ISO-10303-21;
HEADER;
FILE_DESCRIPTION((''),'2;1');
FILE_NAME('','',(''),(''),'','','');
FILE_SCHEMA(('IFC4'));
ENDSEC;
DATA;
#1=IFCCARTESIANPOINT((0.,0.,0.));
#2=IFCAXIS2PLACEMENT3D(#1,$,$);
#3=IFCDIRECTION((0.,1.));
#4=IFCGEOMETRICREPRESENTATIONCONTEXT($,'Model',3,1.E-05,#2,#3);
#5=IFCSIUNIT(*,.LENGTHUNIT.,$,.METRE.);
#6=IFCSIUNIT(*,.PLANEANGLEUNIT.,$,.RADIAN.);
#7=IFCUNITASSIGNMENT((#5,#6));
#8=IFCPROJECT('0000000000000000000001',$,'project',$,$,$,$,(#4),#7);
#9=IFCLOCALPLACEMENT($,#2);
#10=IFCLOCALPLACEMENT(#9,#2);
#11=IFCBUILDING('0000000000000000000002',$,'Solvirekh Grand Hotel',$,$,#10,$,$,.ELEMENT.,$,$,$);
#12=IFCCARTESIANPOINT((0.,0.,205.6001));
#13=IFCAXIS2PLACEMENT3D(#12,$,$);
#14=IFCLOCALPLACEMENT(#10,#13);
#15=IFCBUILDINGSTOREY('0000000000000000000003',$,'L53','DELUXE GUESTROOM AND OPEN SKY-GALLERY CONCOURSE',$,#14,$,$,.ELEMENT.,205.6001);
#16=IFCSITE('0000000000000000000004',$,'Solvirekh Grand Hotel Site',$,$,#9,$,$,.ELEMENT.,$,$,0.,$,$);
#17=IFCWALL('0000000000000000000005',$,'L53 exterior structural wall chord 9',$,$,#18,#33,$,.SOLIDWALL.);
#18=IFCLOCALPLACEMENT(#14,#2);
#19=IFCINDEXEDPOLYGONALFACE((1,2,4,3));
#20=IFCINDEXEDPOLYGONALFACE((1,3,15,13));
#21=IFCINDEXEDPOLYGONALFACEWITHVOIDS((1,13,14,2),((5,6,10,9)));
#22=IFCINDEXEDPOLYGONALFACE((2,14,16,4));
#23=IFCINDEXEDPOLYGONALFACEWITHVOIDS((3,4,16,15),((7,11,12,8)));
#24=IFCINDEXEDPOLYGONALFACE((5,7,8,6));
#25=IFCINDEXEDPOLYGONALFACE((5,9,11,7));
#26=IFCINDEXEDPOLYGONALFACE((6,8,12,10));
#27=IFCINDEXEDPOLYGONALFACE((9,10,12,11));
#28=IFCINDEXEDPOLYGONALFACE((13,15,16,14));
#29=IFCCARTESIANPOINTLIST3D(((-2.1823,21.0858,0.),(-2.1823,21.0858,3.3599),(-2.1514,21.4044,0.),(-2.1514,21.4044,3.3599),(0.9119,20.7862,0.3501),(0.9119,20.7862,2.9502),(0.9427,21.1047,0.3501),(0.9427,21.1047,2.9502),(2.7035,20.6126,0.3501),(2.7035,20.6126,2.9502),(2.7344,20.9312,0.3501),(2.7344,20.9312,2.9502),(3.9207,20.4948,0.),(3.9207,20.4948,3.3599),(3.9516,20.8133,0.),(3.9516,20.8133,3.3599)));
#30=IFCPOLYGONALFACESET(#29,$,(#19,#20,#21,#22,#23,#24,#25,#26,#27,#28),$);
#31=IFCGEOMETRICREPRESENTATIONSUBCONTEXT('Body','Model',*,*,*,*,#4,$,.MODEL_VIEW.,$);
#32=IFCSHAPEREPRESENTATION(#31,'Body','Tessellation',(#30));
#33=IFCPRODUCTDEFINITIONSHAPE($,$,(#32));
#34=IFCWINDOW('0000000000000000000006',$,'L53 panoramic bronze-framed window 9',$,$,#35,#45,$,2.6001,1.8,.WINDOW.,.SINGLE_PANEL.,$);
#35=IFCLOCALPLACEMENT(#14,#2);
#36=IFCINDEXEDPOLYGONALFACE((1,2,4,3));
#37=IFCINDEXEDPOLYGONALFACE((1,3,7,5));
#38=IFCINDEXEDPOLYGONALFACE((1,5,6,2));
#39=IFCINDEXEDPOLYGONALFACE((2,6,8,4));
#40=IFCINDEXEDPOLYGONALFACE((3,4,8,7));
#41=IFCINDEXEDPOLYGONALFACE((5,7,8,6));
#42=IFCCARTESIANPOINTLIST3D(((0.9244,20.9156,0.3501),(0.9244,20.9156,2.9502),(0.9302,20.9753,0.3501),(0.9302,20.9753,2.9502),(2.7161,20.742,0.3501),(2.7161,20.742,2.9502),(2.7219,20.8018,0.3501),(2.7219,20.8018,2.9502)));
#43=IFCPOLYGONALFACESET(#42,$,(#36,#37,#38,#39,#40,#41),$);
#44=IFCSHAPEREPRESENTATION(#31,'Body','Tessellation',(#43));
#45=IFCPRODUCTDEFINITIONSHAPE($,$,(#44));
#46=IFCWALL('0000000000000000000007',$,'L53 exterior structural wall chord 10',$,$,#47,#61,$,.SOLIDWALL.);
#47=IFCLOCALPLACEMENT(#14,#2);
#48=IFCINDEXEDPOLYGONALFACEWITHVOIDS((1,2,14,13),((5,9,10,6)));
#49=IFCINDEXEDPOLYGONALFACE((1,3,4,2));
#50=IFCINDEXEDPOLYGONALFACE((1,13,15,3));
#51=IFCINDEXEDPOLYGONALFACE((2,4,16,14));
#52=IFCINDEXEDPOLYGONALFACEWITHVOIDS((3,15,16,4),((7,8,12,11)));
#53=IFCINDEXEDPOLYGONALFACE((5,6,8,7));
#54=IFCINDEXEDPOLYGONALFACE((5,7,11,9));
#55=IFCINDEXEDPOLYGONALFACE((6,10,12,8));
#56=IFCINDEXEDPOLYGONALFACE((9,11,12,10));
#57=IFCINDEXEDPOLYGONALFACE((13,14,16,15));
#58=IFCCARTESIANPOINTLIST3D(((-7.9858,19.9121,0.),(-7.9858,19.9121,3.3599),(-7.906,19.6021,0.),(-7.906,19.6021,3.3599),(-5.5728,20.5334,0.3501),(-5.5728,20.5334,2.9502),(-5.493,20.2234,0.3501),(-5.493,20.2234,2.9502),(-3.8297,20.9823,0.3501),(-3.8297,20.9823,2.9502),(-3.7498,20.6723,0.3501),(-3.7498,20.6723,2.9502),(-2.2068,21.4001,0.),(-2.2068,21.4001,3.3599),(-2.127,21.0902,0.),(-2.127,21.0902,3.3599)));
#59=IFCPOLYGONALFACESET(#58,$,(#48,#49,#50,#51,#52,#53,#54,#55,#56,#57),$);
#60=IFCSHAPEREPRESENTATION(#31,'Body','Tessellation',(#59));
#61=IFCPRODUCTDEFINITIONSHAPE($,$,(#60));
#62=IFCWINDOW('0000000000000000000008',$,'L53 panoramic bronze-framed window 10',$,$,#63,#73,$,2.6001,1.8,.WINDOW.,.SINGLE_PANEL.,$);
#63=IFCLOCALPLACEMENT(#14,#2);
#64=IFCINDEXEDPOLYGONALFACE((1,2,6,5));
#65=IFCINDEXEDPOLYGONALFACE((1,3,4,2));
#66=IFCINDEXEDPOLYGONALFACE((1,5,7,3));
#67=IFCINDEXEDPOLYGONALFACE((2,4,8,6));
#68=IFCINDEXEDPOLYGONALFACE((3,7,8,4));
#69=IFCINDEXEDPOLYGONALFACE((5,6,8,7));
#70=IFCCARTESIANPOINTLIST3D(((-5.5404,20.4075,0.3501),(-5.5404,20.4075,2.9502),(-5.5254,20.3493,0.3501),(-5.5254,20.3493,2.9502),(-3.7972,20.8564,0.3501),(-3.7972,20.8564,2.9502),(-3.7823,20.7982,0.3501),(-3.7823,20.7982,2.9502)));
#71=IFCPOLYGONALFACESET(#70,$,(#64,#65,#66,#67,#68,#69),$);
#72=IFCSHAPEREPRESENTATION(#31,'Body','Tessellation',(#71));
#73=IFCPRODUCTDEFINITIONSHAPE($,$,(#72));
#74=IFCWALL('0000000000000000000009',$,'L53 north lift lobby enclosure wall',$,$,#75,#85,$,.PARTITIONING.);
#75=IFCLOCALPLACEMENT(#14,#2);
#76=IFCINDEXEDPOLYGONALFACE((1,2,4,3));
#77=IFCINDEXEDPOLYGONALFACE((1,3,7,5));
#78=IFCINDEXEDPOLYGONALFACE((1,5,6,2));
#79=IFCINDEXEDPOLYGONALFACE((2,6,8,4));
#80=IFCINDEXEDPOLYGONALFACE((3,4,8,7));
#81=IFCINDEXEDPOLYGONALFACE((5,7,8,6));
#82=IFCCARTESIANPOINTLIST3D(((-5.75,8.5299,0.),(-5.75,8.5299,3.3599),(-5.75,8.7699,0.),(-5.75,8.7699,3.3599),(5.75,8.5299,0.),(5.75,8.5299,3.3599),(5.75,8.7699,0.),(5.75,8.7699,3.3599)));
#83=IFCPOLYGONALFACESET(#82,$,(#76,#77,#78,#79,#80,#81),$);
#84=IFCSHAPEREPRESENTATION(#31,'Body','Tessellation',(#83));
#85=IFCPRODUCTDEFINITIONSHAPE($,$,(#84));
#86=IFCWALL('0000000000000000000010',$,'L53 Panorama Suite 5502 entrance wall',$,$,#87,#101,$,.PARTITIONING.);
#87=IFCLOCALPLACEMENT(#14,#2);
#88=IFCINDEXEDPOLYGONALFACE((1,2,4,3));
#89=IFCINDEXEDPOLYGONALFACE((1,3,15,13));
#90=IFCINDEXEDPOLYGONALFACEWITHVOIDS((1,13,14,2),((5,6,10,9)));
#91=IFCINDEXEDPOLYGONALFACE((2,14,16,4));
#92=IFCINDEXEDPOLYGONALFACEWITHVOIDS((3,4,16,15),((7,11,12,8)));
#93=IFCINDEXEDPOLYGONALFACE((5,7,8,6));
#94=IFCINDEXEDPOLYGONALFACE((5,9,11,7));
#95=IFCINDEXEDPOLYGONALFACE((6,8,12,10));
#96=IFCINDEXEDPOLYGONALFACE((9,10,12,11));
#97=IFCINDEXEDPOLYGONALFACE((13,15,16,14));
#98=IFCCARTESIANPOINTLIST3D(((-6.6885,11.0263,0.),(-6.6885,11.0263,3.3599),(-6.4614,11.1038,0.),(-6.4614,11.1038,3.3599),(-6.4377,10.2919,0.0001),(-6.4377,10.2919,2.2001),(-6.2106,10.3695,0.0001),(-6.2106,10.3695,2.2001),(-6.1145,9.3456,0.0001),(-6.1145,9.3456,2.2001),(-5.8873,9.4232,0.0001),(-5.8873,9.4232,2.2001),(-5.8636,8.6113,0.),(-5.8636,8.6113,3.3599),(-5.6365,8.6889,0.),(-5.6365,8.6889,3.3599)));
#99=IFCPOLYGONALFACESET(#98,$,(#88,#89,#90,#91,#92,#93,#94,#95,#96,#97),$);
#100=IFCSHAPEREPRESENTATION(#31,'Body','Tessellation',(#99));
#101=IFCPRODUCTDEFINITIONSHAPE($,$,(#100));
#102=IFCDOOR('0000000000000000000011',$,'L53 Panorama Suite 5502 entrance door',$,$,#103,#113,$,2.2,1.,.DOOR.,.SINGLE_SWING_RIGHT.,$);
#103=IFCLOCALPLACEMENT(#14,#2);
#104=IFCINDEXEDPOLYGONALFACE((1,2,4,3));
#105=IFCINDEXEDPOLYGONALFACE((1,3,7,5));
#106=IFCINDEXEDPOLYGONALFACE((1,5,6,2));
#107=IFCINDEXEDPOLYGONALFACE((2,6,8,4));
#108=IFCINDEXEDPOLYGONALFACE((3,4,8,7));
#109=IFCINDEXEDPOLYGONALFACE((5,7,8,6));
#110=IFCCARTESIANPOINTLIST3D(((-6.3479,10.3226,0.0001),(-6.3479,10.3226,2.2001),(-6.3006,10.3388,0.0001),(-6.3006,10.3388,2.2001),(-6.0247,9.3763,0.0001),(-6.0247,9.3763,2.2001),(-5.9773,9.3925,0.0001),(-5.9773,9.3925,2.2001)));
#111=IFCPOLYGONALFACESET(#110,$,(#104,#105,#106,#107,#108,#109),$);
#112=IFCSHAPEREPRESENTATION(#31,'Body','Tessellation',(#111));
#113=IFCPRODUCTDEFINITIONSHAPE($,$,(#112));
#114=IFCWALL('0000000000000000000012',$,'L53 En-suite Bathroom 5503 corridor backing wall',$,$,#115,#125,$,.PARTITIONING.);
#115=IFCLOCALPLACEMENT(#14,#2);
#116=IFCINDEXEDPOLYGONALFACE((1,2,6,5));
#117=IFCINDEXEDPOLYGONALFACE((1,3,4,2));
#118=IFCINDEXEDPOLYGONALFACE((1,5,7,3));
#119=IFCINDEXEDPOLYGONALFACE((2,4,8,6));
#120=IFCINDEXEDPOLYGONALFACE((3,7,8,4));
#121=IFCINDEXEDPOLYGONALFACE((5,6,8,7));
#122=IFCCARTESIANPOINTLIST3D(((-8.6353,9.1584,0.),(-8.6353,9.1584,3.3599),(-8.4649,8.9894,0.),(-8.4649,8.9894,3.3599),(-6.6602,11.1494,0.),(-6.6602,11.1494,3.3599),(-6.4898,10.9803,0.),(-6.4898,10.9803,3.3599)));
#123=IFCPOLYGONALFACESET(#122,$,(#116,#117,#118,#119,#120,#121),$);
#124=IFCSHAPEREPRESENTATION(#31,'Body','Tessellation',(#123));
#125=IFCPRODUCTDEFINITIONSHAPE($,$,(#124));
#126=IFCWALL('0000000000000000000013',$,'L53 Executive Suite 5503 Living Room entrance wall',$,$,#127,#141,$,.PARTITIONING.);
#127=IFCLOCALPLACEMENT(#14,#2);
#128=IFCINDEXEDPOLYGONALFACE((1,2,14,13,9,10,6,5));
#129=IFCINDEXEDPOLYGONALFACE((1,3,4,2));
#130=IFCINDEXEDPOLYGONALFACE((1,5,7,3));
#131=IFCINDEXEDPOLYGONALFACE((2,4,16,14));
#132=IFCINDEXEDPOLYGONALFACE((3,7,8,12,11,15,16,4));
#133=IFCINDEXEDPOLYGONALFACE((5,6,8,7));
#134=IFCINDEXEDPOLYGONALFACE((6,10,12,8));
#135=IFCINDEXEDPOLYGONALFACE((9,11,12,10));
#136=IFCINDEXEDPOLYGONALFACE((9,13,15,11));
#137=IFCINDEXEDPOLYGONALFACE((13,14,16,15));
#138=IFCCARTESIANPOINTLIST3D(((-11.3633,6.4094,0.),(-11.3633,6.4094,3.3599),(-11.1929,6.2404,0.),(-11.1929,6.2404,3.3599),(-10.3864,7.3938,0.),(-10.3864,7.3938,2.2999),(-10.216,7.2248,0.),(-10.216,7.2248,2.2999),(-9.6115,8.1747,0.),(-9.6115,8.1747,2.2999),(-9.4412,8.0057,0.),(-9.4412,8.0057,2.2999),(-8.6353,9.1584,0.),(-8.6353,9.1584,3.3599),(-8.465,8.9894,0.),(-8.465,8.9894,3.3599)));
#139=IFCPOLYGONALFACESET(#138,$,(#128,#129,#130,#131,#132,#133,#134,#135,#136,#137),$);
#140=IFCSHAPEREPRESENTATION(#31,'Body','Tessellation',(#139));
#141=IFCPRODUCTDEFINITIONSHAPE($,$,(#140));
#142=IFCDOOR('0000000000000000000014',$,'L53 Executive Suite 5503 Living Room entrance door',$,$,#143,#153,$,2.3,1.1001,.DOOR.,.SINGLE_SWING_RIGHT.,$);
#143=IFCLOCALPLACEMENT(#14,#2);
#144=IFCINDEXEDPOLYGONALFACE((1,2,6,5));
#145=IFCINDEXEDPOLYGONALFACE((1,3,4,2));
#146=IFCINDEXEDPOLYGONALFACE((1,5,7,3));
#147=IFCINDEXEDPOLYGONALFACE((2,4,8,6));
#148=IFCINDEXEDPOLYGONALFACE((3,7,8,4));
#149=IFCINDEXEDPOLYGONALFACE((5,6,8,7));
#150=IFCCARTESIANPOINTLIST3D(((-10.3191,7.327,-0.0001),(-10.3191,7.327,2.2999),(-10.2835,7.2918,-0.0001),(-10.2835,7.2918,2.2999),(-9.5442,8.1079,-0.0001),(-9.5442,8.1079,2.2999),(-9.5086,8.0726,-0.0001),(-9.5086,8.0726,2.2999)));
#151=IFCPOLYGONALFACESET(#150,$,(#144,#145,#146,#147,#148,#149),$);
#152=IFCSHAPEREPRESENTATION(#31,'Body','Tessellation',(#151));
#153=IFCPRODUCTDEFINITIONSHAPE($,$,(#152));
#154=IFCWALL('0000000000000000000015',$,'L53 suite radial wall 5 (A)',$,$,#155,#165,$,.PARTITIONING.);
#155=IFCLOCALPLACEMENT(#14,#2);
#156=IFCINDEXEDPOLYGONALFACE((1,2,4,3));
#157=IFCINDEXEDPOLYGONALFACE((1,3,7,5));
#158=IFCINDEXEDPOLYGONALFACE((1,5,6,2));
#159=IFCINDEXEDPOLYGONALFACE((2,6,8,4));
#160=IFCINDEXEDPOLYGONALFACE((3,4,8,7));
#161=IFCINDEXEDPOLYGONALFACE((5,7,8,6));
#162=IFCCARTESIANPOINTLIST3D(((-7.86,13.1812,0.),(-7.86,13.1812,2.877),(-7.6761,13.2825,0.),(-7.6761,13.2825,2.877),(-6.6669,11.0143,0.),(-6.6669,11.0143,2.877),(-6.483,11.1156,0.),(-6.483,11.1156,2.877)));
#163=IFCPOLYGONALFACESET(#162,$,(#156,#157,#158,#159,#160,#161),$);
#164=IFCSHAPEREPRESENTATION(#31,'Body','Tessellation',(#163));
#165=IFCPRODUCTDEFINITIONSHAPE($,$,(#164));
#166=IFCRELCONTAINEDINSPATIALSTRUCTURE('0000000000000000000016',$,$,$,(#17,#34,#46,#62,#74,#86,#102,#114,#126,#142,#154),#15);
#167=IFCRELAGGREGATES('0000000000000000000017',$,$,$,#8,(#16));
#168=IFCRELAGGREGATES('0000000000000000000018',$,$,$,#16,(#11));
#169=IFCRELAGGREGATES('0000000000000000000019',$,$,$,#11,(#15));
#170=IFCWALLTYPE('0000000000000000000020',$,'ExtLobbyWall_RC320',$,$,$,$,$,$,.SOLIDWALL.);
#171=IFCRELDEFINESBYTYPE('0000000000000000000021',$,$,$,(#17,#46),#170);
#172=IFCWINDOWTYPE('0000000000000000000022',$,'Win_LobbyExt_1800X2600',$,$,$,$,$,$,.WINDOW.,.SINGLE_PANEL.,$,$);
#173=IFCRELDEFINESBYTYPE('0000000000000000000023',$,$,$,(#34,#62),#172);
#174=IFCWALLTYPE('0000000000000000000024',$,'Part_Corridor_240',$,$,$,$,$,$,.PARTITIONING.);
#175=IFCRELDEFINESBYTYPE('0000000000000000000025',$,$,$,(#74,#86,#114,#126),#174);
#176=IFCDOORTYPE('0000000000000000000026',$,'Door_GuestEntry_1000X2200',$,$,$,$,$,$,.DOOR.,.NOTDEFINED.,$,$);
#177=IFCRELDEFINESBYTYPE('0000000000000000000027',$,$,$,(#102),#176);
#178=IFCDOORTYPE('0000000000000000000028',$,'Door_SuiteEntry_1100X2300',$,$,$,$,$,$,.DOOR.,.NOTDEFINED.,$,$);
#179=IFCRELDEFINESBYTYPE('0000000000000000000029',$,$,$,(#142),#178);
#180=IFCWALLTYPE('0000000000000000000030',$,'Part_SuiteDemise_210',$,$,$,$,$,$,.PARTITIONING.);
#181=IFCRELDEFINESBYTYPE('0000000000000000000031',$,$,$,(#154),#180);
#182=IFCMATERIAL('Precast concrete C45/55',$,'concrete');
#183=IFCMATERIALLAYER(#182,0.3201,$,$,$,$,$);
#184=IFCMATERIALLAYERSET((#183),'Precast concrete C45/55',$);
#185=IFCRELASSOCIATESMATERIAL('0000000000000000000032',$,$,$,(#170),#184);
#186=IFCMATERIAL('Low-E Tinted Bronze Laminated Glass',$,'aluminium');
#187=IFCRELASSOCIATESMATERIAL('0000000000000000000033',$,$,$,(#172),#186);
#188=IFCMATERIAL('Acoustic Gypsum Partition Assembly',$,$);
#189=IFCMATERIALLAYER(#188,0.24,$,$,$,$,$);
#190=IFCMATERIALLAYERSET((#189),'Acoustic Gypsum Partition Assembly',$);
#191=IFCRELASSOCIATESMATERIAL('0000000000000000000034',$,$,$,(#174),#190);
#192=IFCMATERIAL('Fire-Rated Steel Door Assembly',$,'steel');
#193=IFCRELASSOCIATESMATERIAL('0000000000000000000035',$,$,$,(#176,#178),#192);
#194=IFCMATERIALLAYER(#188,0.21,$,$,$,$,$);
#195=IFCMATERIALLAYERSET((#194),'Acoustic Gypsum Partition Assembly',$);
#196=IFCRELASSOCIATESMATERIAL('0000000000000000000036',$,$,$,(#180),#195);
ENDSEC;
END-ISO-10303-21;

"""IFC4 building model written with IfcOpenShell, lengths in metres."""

from ifc_helpers import new_model, si_unit, direction, frame, frame_2d, origin, place, context, subcontext, project, spatial, rectangle, extrude, material, layer, layer_set, type_object, element, fill, save


model = new_model("IFC4")

# Units and contexts
model_context = context("Model", 3, precision=1e-05, world=origin(), true_north=direction((0.0, 1.0)))
body_context = subcontext(model_context, "Body", "Model", "MODEL_VIEW")
ifc_project = project(units=[si_unit("LENGTHUNIT", "METRE"), si_unit("PLANEANGLEUNIT", "RADIAN")], contexts=[model_context])

# Site, building, storey
site_placement = place(None, origin())
site = spatial("IfcSite", under=ifc_project, at=site_placement, Name="Solvirekh Grand Hotel Site", CompositionType="ELEMENT", RefElevation=0.0)
building_placement = place(site_placement, origin())
building = spatial("IfcBuilding", under=site, at=building_placement, Name="Solvirekh Grand Hotel", CompositionType="ELEMENT")
storey_placement = place(building_placement, frame((0.0, 0.0, 205.6001)))
storey = spatial("IfcBuildingStorey", under=building, at=storey_placement, Name="L53", Description="DELUXE GUESTROOM AND OPEN SKY-GALLERY CONCOURSE", CompositionType="ELEMENT", Elevation=205.6001)

# Walls, openings, windows
ifc_material_1 = material(Name="Precast concrete C45/55", Category="concrete")
ifc_layer_1 = layer(ifc_material_1, 0.3201)
ifc_layer_set_1 = layer_set([ifc_layer_1], Name="Precast concrete C45/55")
wall_type_1 = type_object("IfcWallType", Name="ExtLobbyWall_RC320", PredefinedType="SOLIDWALL", material=ifc_layer_set_1)
wall_1_placement = place(storey_placement, frame((-2.167, 21.2451, 0.0), z_axis=(0.0, 0.0, 1.0), x_axis=(0.995343, -0.096397, 0.0)))
wall_1 = element("IfcWall", 1, at=wall_1_placement, inside=storey, type_object=wall_type_1, Name="L53 exterior structural wall chord 9", PredefinedType="SOLIDWALL", context=body_context, shape_type="SweptSolid", body=[
    extrude(rectangle(XDim=6.1316, YDim=0.3201, at=frame_2d((3.0659, 0.0))), origin(), (0.0, 0.0, 1.0), 3.3599),
])
opening_1_placement = place(wall_1_placement, frame((3.1089, 0.0, 0.3501)))
opening_1 = element("IfcOpeningElement", 2, at=opening_1_placement, cuts=wall_1, PredefinedType="OPENING", context=body_context, shape_type="SweptSolid", body=[
    extrude(rectangle(XDim=1.8, YDim=2.6001, at=frame_2d((0.8999, 1.3))), frame((0.0, 0.1699, 0.0), z_axis=(0.0, -1.0, 0.0), x_axis=(1.0, 0.0, 0.0)), (0.0, 0.0, 1.0), 0.3401),
])
ifc_material_2 = material(Name="Low-E Tinted Bronze Laminated Glass", Category="aluminium")
window_type = type_object("IfcWindowType", Name="Win_LobbyExt_1800X2600", PartitioningType="SINGLE_PANEL", PredefinedType="WINDOW", material=ifc_material_2)
window_1_placement = place(opening_1_placement, origin())
window_1 = element("IfcWindow", 3, at=window_1_placement, inside=storey, type_object=window_type, Name="L53 panoramic bronze-framed window 9", OverallHeight=2.6001, OverallWidth=1.8, PartitioningType="SINGLE_PANEL", PredefinedType="WINDOW", context=body_context, shape_type="SweptSolid", body=[
    extrude(rectangle(XDim=1.8, YDim=2.6001, at=frame_2d((0.8999, 1.3))), frame((0.0, 0.03, 0.0), z_axis=(0.0, -1.0, 0.0), x_axis=(1.0, 0.0, 0.0)), (0.0, 0.0, 1.0), 0.0601),
])
fill(opening_1, window_1)
wall_2_placement = place(storey_placement, frame((-7.946, 19.7571, 0.0), z_axis=(0.0, 0.0, 1.0), x_axis=(0.968412, 0.249355, 0.0)))
wall_2 = element("IfcWall", 4, at=wall_2_placement, inside=storey, type_object=wall_type_1, Name="L53 exterior structural wall chord 10", PredefinedType="SOLIDWALL", context=body_context, shape_type="SweptSolid", body=[
    extrude(rectangle(XDim=5.9675, YDim=0.3201, at=frame_2d((2.9839, 0.0))), origin(), (0.0, 0.0, 1.0), 3.3599),
])
opening_2_placement = place(wall_2_placement, frame((2.4919, 0.0, 0.3501)))
opening_2 = element("IfcOpeningElement", 5, at=opening_2_placement, cuts=wall_2, PredefinedType="OPENING", context=body_context, shape_type="SweptSolid", body=[
    extrude(rectangle(XDim=1.8, YDim=2.6001, at=frame_2d((0.8999, 1.3))), frame((0.0, 0.1699, 0.0), z_axis=(0.0, -1.0, 0.0), x_axis=(1.0, 0.0, 0.0)), (0.0, 0.0, 1.0), 0.3401),
])
window_2_placement = place(opening_2_placement, origin())
window_2 = element("IfcWindow", 6, at=window_2_placement, inside=storey, type_object=window_type, Name="L53 panoramic bronze-framed window 10", OverallHeight=2.6001, OverallWidth=1.8, PartitioningType="SINGLE_PANEL", PredefinedType="WINDOW", context=body_context, shape_type="SweptSolid", body=[
    extrude(rectangle(XDim=1.8, YDim=2.6001, at=frame_2d((0.8999, 1.3))), frame((0.0, 0.03, 0.0), z_axis=(0.0, -1.0, 0.0), x_axis=(1.0, 0.0, 0.0)), (0.0, 0.0, 1.0), 0.0601),
])
fill(opening_2, window_2)

# Wall
ifc_material_3 = material(Name="Acoustic Gypsum Partition Assembly")
ifc_layer_2 = layer(ifc_material_3, 0.24)
ifc_layer_set_2 = layer_set([ifc_layer_2], Name="Acoustic Gypsum Partition Assembly")
wall_type_2 = type_object("IfcWallType", Name="Part_Corridor_240", PredefinedType="PARTITIONING", material=ifc_layer_set_2)
wall_3_placement = place(storey_placement, frame((-5.75, 8.6499, 0.0), z_axis=(0.0, 0.0, 1.0), x_axis=(1.0, 0.0, 0.0)))
element("IfcWall", 7, at=wall_3_placement, inside=storey, type_object=wall_type_2, Name="L53 north lift lobby enclosure wall", PredefinedType="PARTITIONING", context=body_context, shape_type="SweptSolid", body=[
    extrude(rectangle(XDim=11.5, YDim=0.24, at=frame_2d((5.75, 0.0))), origin(), (0.0, 0.0, 1.0), 3.3599),
])

# Wall, opening, door
wall_4_placement = place(storey_placement, frame((-6.575, 11.0649, 0.0), z_axis=(0.0, 0.0, 1.0), x_axis=(0.32325, -0.946313, 0.0)))
wall_4 = element("IfcWall", 8, at=wall_4_placement, inside=storey, type_object=wall_type_2, Name="L53 Panorama Suite 5502 entrance wall", PredefinedType="PARTITIONING", context=body_context, shape_type="SweptSolid", body=[
    extrude(rectangle(XDim=2.552, YDim=0.24, at=frame_2d((1.2759, 0.0))), origin(), (0.0, 0.0, 1.0), 3.3599),
])
opening_3_placement = place(wall_4_placement, frame((0.7759, 0.0, 0.0)))
opening_3 = element("IfcOpeningElement", 9, at=opening_3_placement, cuts=wall_4, PredefinedType="OPENING", context=body_context, shape_type="SweptSolid", body=[
    extrude(rectangle(XDim=1.0, YDim=2.2, at=frame_2d((0.5, 1.1001))), frame((0.0, 0.1299, 0.0), z_axis=(0.0, -1.0, 0.0), x_axis=(1.0, 0.0, 0.0)), (0.0, 0.0, 1.0), 0.26),
])
ifc_material_4 = material(Name="Fire-Rated Steel Door Assembly", Category="steel")
door_type_1 = type_object("IfcDoorType", Name="Door_GuestEntry_1000X2200", OperationType="NOTDEFINED", PredefinedType="DOOR", material=ifc_material_4)
door_1_placement = place(opening_3_placement, origin())
door_1 = element("IfcDoor", 10, at=door_1_placement, inside=storey, type_object=door_type_1, Name="L53 Panorama Suite 5502 entrance door", OperationType="SINGLE_SWING_RIGHT", OverallHeight=2.2, OverallWidth=1.0, PredefinedType="DOOR", context=body_context, shape_type="SweptSolid", body=[
    extrude(rectangle(XDim=1.0, YDim=2.2, at=frame_2d((0.5, 1.1001))), frame((0.0, 0.0249, 0.0), z_axis=(0.0, -1.0, 0.0), x_axis=(1.0, 0.0, 0.0)), (0.0, 0.0, 1.0), 0.05),
])
fill(opening_3, door_1)

# Wall
wall_5_placement = place(storey_placement, frame((-6.575, 11.0649, 0.0), z_axis=(0.0, 0.0, 1.0), x_axis=(-0.704272, -0.70993, 0.0)))
element("IfcWall", 11, at=wall_5_placement, inside=storey, type_object=wall_type_2, Name="L53 En-suite Bathroom 5503 corridor backing wall", PredefinedType="PARTITIONING", context=body_context, shape_type="SweptSolid", body=[
    extrude(rectangle(XDim=2.8044, YDim=0.24, at=frame_2d((1.4023, 0.0))), origin(), (0.0, 0.0, 1.0), 3.3599),
])

# Wall, opening, door
wall_6_placement = place(storey_placement, frame((-8.55, 9.074, 0.0), z_axis=(0.0, 0.0, 1.0), x_axis=(-0.704391, -0.709812, 0.0)))
wall_6 = element("IfcWall", 12, at=wall_6_placement, inside=storey, type_object=wall_type_2, Name="L53 Executive Suite 5503 Living Room entrance wall", PredefinedType="PARTITIONING", context=body_context, shape_type="SweptSolid", body=[
    extrude(rectangle(XDim=3.8728, YDim=0.24, at=frame_2d((1.9365, 0.0))), origin(), (0.0, 0.0, 1.0), 3.3599),
])
opening_4_placement = place(wall_6_placement, frame((1.386, 0.0, 0.0)))
opening_4 = element("IfcOpeningElement", 13, at=opening_4_placement, cuts=wall_6, PredefinedType="OPENING", context=body_context, shape_type="SweptSolid", body=[
    extrude(rectangle(XDim=1.1001, YDim=2.3, at=frame_2d((0.55, 1.1499))), frame((0.0, 0.1299, 0.0), z_axis=(0.0, -1.0, 0.0), x_axis=(1.0, 0.0, 0.0)), (0.0, 0.0, 1.0), 0.26),
])
door_type_2 = type_object("IfcDoorType", Name="Door_SuiteEntry_1100X2300", OperationType="NOTDEFINED", PredefinedType="DOOR", material=ifc_material_4)
door_2_placement = place(opening_4_placement, origin())
door_2 = element("IfcDoor", 14, at=door_2_placement, inside=storey, type_object=door_type_2, Name="L53 Executive Suite 5503 Living Room entrance door", OperationType="SINGLE_SWING_RIGHT", OverallHeight=2.3, OverallWidth=1.1001, PredefinedType="DOOR", context=body_context, shape_type="SweptSolid", body=[
    extrude(rectangle(XDim=1.1001, YDim=2.3, at=frame_2d((0.55, 1.1499))), frame((0.0, 0.0249, 0.0), z_axis=(0.0, -1.0, 0.0), x_axis=(1.0, 0.0, 0.0)), (0.0, 0.0, 1.0), 0.05),
])
fill(opening_4, door_2)

# Wall
ifc_layer_3 = layer(ifc_material_3, 0.21)
ifc_layer_set_3 = layer_set([ifc_layer_3], Name="Acoustic Gypsum Partition Assembly")
wall_type_3 = type_object("IfcWallType", Name="Part_SuiteDemise_210", PredefinedType="PARTITIONING", material=ifc_layer_set_3)
wall_7_placement = place(storey_placement, frame((-6.575, 11.0649, 0.0), z_axis=(0.0, 0.0, 1.0), x_axis=(-0.482313, 0.875999, 0.0)))
element("IfcWall", 15, at=wall_7_placement, inside=storey, type_object=wall_type_3, Name="L53 suite radial wall 5 (A)", PredefinedType="PARTITIONING", context=body_context, shape_type="SweptSolid", body=[
    extrude(rectangle(XDim=2.4736, YDim=0.21, at=frame_2d((1.2368, 0.0))), origin(), (0.0, 0.0, 1.0), 2.877),
])

save(model, "model.ifc")
